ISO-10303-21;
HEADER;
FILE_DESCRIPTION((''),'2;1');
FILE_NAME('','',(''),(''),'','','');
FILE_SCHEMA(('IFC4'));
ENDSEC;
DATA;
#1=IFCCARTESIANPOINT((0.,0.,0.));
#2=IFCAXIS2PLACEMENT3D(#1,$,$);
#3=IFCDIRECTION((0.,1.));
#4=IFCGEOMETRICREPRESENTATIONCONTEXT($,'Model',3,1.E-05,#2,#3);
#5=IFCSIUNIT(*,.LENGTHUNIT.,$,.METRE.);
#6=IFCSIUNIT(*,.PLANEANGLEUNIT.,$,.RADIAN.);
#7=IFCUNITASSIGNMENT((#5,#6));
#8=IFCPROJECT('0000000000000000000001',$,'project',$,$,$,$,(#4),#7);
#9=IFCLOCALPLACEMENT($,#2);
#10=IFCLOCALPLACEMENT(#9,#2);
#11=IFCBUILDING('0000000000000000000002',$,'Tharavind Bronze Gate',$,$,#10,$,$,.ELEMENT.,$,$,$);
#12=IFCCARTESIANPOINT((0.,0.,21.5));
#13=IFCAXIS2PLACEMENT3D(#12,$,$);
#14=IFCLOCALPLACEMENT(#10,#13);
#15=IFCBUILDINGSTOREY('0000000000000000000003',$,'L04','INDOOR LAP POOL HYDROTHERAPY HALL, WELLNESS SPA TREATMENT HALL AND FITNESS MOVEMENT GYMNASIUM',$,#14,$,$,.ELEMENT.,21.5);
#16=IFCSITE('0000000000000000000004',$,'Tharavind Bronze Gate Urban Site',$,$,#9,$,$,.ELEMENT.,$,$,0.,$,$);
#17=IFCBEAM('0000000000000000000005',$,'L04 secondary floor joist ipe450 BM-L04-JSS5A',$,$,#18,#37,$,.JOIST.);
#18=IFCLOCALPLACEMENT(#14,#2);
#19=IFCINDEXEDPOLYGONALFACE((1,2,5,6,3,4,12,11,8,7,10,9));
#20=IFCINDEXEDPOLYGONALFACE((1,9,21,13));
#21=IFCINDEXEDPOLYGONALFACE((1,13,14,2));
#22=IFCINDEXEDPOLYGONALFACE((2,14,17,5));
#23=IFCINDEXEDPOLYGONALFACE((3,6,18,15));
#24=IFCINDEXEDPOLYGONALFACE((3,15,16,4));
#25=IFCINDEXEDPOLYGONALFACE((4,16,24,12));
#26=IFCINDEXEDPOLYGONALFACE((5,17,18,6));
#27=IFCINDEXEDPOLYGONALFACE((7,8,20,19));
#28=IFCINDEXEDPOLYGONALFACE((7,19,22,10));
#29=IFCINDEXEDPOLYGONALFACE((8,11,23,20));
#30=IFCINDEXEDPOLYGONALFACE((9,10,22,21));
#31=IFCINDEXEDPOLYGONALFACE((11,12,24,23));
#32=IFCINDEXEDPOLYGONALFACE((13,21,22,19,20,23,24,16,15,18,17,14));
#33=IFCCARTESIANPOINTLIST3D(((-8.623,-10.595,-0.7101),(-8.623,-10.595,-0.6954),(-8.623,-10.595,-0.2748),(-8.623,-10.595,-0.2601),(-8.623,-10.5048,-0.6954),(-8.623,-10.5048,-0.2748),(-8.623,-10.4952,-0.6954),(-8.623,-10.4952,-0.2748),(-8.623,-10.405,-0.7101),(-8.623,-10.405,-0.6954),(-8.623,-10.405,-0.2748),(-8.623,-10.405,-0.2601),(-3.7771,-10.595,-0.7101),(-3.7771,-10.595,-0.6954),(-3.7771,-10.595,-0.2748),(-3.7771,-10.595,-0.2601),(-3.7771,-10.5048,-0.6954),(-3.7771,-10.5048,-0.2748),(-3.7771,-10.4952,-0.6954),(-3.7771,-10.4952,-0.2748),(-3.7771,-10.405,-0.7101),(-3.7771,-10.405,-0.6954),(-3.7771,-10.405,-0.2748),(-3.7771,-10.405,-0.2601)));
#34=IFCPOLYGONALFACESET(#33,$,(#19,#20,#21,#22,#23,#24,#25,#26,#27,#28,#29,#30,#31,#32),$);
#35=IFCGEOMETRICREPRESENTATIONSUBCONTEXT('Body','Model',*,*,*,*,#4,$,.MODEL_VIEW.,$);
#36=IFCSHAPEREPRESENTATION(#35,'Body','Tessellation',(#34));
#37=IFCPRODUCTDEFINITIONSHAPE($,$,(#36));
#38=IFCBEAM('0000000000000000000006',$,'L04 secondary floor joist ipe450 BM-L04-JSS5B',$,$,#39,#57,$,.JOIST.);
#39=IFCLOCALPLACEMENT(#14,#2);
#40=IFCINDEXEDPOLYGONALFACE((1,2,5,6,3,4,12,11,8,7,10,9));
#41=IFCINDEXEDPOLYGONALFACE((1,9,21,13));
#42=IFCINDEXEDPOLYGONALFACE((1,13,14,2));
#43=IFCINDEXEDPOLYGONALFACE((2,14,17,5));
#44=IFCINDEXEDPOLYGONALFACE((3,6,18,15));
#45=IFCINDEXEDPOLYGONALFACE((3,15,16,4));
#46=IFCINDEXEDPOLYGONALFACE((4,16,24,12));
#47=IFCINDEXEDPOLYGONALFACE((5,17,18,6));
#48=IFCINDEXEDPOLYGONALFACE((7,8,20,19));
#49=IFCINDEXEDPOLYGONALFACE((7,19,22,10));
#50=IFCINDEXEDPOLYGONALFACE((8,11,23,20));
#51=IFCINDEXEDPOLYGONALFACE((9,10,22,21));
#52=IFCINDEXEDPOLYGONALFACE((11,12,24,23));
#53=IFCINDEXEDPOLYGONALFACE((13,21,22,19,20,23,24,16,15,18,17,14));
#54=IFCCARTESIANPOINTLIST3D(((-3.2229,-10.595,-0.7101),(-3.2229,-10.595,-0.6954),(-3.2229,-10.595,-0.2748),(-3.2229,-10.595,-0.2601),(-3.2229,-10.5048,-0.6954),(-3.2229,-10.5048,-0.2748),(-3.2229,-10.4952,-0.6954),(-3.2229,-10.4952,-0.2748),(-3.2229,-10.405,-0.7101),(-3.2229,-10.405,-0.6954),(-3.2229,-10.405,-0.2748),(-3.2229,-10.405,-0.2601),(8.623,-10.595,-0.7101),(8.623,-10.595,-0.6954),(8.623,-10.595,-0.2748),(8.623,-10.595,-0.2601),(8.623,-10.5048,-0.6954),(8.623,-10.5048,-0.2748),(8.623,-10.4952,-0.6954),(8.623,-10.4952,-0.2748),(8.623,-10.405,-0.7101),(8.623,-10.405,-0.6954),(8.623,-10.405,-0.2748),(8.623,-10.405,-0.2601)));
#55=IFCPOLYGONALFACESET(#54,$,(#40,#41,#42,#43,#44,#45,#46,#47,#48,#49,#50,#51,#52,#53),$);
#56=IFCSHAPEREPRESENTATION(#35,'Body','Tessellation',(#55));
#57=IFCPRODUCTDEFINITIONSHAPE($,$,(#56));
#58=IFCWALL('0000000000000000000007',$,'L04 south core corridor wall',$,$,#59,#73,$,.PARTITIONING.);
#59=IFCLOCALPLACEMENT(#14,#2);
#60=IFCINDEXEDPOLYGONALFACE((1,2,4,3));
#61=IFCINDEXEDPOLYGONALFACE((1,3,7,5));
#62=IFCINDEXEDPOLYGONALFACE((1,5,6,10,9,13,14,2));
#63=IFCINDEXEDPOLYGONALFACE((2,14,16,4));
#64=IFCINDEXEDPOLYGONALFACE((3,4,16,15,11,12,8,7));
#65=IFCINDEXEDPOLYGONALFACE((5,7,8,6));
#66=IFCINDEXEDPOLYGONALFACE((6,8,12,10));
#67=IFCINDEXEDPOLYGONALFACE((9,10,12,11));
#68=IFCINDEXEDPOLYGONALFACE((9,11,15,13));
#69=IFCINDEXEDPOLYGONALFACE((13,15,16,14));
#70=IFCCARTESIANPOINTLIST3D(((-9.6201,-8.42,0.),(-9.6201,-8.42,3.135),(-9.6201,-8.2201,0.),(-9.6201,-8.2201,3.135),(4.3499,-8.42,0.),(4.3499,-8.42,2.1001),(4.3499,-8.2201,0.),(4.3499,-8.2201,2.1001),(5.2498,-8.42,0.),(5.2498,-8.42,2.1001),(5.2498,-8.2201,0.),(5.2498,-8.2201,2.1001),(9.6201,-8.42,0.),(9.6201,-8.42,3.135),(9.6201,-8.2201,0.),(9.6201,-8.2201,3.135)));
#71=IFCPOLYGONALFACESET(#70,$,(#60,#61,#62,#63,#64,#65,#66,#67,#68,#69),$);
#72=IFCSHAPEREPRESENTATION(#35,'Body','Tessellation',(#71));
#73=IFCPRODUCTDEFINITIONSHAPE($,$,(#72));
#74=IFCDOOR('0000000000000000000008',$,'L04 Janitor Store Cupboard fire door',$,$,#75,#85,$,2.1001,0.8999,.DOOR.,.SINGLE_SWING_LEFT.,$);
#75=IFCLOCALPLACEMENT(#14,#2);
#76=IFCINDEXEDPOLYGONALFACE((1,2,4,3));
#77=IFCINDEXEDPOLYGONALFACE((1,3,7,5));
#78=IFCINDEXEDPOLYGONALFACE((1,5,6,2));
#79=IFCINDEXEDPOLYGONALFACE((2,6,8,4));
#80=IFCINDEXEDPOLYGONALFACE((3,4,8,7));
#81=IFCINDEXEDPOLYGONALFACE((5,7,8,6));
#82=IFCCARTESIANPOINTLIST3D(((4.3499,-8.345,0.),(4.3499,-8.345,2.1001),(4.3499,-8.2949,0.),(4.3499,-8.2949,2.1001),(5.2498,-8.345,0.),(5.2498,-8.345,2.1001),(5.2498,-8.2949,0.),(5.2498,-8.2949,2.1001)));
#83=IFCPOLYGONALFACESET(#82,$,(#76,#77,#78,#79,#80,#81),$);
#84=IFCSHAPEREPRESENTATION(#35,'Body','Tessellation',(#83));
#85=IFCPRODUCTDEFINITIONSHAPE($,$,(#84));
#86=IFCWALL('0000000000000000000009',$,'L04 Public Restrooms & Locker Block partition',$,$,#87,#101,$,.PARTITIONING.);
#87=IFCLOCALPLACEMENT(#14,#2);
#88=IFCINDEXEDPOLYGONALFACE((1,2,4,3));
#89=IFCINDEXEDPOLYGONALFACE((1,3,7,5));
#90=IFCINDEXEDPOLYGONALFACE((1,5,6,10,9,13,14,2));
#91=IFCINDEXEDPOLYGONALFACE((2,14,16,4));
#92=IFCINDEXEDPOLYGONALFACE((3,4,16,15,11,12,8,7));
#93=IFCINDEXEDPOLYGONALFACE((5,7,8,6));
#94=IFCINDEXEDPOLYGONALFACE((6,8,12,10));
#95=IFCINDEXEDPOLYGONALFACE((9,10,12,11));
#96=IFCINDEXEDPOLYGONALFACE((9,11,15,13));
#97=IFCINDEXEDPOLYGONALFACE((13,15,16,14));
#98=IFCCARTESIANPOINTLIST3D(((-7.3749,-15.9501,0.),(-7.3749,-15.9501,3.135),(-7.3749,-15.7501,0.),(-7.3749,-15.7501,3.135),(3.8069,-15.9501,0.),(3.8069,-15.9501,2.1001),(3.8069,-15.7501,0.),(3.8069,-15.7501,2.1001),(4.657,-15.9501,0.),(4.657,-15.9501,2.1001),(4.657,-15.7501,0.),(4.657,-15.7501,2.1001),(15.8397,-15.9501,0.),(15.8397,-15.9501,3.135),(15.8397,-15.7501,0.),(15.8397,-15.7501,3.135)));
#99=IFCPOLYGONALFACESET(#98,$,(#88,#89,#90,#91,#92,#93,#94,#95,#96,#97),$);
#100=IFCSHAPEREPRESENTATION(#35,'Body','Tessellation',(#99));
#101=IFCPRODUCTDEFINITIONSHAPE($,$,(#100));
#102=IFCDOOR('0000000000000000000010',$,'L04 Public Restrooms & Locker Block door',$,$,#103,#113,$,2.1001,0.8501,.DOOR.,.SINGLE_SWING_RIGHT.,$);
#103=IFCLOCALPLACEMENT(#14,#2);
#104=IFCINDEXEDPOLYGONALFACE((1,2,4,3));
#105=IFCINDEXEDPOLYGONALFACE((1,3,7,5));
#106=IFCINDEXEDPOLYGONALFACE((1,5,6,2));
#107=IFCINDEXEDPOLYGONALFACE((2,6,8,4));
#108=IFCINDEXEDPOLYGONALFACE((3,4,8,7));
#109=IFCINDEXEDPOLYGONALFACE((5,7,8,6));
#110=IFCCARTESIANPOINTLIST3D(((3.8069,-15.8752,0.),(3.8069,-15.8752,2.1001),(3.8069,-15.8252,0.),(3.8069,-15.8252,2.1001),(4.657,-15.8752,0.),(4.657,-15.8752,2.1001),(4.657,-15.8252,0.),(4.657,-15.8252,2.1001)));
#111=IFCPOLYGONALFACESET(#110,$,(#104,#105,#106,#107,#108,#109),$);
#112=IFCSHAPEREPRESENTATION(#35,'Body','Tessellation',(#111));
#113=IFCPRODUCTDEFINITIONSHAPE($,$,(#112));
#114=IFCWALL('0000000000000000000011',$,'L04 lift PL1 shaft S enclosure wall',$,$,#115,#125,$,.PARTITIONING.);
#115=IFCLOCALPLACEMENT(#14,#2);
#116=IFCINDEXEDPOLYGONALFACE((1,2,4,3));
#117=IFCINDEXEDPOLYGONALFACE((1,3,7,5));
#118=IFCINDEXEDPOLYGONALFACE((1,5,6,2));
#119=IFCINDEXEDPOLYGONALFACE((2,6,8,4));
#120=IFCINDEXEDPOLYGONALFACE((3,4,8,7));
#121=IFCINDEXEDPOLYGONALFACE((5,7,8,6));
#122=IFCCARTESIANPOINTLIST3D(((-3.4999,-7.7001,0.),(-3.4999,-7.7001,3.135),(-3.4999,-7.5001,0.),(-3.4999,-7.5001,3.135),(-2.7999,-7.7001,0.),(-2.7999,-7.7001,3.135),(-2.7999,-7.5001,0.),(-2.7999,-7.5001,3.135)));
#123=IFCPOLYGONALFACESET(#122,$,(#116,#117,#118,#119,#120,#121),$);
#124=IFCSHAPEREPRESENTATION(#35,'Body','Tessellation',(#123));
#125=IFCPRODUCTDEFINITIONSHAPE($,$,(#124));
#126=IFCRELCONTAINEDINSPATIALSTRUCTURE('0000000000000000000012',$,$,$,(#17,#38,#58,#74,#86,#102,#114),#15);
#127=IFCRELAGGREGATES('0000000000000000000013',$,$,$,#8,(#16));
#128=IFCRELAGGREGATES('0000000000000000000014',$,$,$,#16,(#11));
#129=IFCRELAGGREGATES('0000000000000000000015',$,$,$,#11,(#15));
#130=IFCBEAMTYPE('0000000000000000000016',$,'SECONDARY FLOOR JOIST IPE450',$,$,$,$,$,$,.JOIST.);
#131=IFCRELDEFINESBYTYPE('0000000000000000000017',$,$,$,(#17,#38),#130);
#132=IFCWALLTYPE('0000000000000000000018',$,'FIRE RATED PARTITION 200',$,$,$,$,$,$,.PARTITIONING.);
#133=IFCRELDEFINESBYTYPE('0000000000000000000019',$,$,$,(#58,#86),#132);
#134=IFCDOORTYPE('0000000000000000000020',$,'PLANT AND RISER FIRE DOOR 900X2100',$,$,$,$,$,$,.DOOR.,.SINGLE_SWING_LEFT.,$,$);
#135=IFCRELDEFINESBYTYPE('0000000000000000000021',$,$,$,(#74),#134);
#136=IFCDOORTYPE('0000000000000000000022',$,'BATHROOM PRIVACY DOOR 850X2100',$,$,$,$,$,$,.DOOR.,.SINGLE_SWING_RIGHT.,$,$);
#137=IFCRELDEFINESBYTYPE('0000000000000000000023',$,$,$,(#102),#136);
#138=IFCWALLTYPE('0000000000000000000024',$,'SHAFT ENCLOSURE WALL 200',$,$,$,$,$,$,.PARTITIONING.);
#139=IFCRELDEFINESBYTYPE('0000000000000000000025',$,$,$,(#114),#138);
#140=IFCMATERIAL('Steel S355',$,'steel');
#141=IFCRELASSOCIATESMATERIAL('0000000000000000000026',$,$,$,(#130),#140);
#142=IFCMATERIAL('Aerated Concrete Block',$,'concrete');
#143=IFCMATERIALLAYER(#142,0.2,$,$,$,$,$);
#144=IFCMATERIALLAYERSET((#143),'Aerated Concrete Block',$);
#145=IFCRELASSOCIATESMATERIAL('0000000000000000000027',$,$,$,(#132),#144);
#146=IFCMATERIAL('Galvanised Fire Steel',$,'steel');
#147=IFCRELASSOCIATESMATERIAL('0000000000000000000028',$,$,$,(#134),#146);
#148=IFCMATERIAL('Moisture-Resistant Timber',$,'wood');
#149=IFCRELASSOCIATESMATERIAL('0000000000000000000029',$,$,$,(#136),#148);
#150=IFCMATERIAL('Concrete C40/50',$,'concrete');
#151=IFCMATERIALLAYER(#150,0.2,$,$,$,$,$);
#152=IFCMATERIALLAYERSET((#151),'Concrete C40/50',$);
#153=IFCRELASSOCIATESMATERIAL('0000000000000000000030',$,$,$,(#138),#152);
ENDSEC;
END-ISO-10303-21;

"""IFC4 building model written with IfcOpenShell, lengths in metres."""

from ifc_helpers import new_model, si_unit, direction, frame, frame_2d, origin, origin_2d, place, context, subcontext, project, spatial, rectangle, i_section, extrude, material, layer, layer_set, material_profile, profile_set, type_object, element, fill, save


model = new_model("IFC4")

# Units and contexts
model_context = context("Model", 3, precision=1e-05, world=origin(), true_north=direction((0.0, 1.0)))
body_context = subcontext(model_context, "Body", "Model", "MODEL_VIEW")
ifc_project = project(units=[si_unit("LENGTHUNIT", "METRE"), si_unit("PLANEANGLEUNIT", "RADIAN")], contexts=[model_context])

# Site, building, storey
site_placement = place(None, origin())
site = spatial("IfcSite", under=ifc_project, at=site_placement, Name="Tharavind Bronze Gate Urban Site", CompositionType="ELEMENT", RefElevation=0.0)
building_placement = place(site_placement, origin())
building = spatial("IfcBuilding", under=site, at=building_placement, Name="Tharavind Bronze Gate", CompositionType="ELEMENT")
storey_placement = place(building_placement, frame((0.0, 0.0, 21.5)))
storey = spatial("IfcBuildingStorey", under=building, at=storey_placement, Name="L04", Description="INDOOR LAP POOL HYDROTHERAPY HALL, WELLNESS SPA TREATMENT HALL AND FITNESS MOVEMENT GYMNASIUM", CompositionType="ELEMENT", Elevation=21.5)

# Beams
ifc_material_1 = material(Name="Steel S355", Category="steel")
ifc_material_profile_1 = material_profile(ifc_material_1, i_section(OverallWidth=0.1899, OverallDepth=0.45, WebThickness=0.0095, FlangeThickness=0.0146, at=origin_2d()), Name="IPE450")
ifc_profile_set_1 = profile_set([ifc_material_profile_1], Name="Steel S355")
beam_type_1 = type_object("IfcBeamType", Name="SECONDARY FLOOR JOIST IPE450", PredefinedType="JOIST", material=ifc_profile_set_1)
beam_1_placement = place(storey_placement, frame((-8.623, -10.5, -0.4851), z_axis=(1.0, 0.0, 0.0), x_axis=(0.0, 1.0, 0.0)))
element("IfcBeam", 1, at=beam_1_placement, inside=storey, type_object=beam_type_1, Name="L04 secondary floor joist ipe450 BM-L04-JSS5A", PredefinedType="JOIST", context=body_context, shape_type="SweptSolid", body=[
    extrude(i_section(OverallWidth=0.1899, OverallDepth=0.45, WebThickness=0.0095, FlangeThickness=0.0146, at=origin_2d()), origin(), (0.0, 0.0, 1.0), 4.8459),
])
beam_2_placement = place(storey_placement, frame((-3.2229, -10.5, -0.4851), z_axis=(1.0, 0.0, 0.0), x_axis=(0.0, 1.0, 0.0)))
element("IfcBeam", 2, at=beam_2_placement, inside=storey, type_object=beam_type_1, Name="L04 secondary floor joist ipe450 BM-L04-JSS5B", PredefinedType="JOIST", context=body_context, shape_type="SweptSolid", body=[
    extrude(i_section(OverallWidth=0.1899, OverallDepth=0.45, WebThickness=0.0095, FlangeThickness=0.0146, at=origin_2d()), origin(), (0.0, 0.0, 1.0), 11.8459),
])

# Walls, openings, doors
ifc_material_2 = material(Name="Aerated Concrete Block", Category="concrete")
ifc_layer_1 = layer(ifc_material_2, 0.2)
ifc_layer_set_1 = layer_set([ifc_layer_1], Name="Aerated Concrete Block")
wall_type_1 = type_object("IfcWallType", Name="FIRE RATED PARTITION 200", PredefinedType="PARTITIONING", material=ifc_layer_set_1)
wall_1_placement = place(storey_placement, frame((-9.6201, -8.3201, 0.0), z_axis=(0.0, 0.0, 1.0), x_axis=(1.0, 0.0, 0.0)))
wall_1 = element("IfcWall", 3, at=wall_1_placement, inside=storey, type_object=wall_type_1, Name="L04 south core corridor wall", PredefinedType="PARTITIONING", context=body_context, shape_type="SweptSolid", body=[
    extrude(rectangle(XDim=19.2402, YDim=0.2, at=frame_2d((9.6201, 0.0))), origin(), (0.0, 0.0, 1.0), 3.135),
])
opening_1_placement = place(wall_1_placement, frame((13.97, 0.0, 0.0)))
opening_1 = element("IfcOpeningElement", 4, at=opening_1_placement, cuts=wall_1, PredefinedType="OPENING", context=body_context, shape_type="SweptSolid", body=[
    extrude(rectangle(XDim=0.8999, YDim=2.1001, at=frame_2d((0.45, 1.05))), frame((0.0, 0.1101, 0.0), z_axis=(0.0, -1.0, 0.0), x_axis=(1.0, 0.0, 0.0)), (0.0, 0.0, 1.0), 0.22),
])
ifc_material_3 = material(Name="Galvanised Fire Steel", Category="steel")
door_type_1 = type_object("IfcDoorType", Name="PLANT AND RISER FIRE DOOR 900X2100", OperationType="SINGLE_SWING_LEFT", PredefinedType="DOOR", material=ifc_material_3)
door_1_placement = place(opening_1_placement, frame((0.8999, 0.0, 0.0), z_axis=(0.0, 0.0, 1.0), x_axis=(-1.0, 0.0, 0.0)))
door_1 = element("IfcDoor", 5, at=door_1_placement, inside=storey, type_object=door_type_1, Name="L04 Janitor Store Cupboard fire door", OperationType="SINGLE_SWING_LEFT", OverallHeight=2.1001, OverallWidth=0.8999, PredefinedType="DOOR", context=body_context, shape_type="SweptSolid", body=[
    extrude(rectangle(XDim=0.8999, YDim=2.1001, at=frame_2d((0.45, 1.05))), frame((0.0, 0.0249, 0.0), z_axis=(0.0, -1.0, 0.0), x_axis=(1.0, 0.0, 0.0)), (0.0, 0.0, 1.0), 0.05),
])
fill(opening_1, door_1)
wall_2_placement = place(storey_placement, frame((-7.375, -15.8501, 0.0), z_axis=(0.0, 0.0, 1.0), x_axis=(1.0, 0.0, 0.0)))
wall_2 = element("IfcWall", 6, at=wall_2_placement, inside=storey, type_object=wall_type_1, Name="L04 Public Restrooms & Locker Block partition", PredefinedType="PARTITIONING", context=body_context, shape_type="SweptSolid", body=[
    extrude(rectangle(XDim=23.2146, YDim=0.2, at=frame_2d((11.6074, 0.0))), origin(), (0.0, 0.0, 1.0), 3.135),
])
opening_2_placement = place(wall_2_placement, frame((11.1819, 0.0, 0.0)))
opening_2 = element("IfcOpeningElement", 7, at=opening_2_placement, cuts=wall_2, PredefinedType="OPENING", context=body_context, shape_type="SweptSolid", body=[
    extrude(rectangle(XDim=0.8501, YDim=2.1001, at=frame_2d((0.425, 1.05))), frame((0.0, 0.1101, 0.0), z_axis=(0.0, -1.0, 0.0), x_axis=(1.0, 0.0, 0.0)), (0.0, 0.0, 1.0), 0.22),
])
ifc_material_4 = material(Name="Moisture-Resistant Timber", Category="wood")
door_type_2 = type_object("IfcDoorType", Name="BATHROOM PRIVACY DOOR 850X2100", OperationType="SINGLE_SWING_RIGHT", PredefinedType="DOOR", material=ifc_material_4)
door_2_placement = place(opening_2_placement, origin())
door_2 = element("IfcDoor", 8, at=door_2_placement, inside=storey, type_object=door_type_2, Name="L04 Public Restrooms & Locker Block door", OperationType="SINGLE_SWING_RIGHT", OverallHeight=2.1001, OverallWidth=0.8501, PredefinedType="DOOR", context=body_context, shape_type="SweptSolid", body=[
    extrude(rectangle(XDim=0.8501, YDim=2.1001, at=frame_2d((0.425, 1.05))), frame((0.0, 0.0249, 0.0), z_axis=(0.0, -1.0, 0.0), x_axis=(1.0, 0.0, 0.0)), (0.0, 0.0, 1.0), 0.05),
])
fill(opening_2, door_2)

# Wall
ifc_material_5 = material(Name="Concrete C40/50", Category="concrete")
ifc_layer_2 = layer(ifc_material_5, 0.2)
ifc_layer_set_2 = layer_set([ifc_layer_2], Name="Concrete C40/50")
wall_type_2 = type_object("IfcWallType", Name="SHAFT ENCLOSURE WALL 200", PredefinedType="PARTITIONING", material=ifc_layer_set_2)
wall_3_placement = place(storey_placement, frame((-3.5, -7.6001, 0.0), z_axis=(0.0, 0.0, 1.0), x_axis=(1.0, 0.0, 0.0)))
element("IfcWall", 9, at=wall_3_placement, inside=storey, type_object=wall_type_2, Name="L04 lift PL1 shaft S enclosure wall", PredefinedType="PARTITIONING", context=body_context, shape_type="SweptSolid", body=[
    extrude(rectangle(XDim=0.7, YDim=0.2, at=frame_2d((0.3501, 0.0))), origin(), (0.0, 0.0, 1.0), 3.135),
])

save(model, "model.ifc")
